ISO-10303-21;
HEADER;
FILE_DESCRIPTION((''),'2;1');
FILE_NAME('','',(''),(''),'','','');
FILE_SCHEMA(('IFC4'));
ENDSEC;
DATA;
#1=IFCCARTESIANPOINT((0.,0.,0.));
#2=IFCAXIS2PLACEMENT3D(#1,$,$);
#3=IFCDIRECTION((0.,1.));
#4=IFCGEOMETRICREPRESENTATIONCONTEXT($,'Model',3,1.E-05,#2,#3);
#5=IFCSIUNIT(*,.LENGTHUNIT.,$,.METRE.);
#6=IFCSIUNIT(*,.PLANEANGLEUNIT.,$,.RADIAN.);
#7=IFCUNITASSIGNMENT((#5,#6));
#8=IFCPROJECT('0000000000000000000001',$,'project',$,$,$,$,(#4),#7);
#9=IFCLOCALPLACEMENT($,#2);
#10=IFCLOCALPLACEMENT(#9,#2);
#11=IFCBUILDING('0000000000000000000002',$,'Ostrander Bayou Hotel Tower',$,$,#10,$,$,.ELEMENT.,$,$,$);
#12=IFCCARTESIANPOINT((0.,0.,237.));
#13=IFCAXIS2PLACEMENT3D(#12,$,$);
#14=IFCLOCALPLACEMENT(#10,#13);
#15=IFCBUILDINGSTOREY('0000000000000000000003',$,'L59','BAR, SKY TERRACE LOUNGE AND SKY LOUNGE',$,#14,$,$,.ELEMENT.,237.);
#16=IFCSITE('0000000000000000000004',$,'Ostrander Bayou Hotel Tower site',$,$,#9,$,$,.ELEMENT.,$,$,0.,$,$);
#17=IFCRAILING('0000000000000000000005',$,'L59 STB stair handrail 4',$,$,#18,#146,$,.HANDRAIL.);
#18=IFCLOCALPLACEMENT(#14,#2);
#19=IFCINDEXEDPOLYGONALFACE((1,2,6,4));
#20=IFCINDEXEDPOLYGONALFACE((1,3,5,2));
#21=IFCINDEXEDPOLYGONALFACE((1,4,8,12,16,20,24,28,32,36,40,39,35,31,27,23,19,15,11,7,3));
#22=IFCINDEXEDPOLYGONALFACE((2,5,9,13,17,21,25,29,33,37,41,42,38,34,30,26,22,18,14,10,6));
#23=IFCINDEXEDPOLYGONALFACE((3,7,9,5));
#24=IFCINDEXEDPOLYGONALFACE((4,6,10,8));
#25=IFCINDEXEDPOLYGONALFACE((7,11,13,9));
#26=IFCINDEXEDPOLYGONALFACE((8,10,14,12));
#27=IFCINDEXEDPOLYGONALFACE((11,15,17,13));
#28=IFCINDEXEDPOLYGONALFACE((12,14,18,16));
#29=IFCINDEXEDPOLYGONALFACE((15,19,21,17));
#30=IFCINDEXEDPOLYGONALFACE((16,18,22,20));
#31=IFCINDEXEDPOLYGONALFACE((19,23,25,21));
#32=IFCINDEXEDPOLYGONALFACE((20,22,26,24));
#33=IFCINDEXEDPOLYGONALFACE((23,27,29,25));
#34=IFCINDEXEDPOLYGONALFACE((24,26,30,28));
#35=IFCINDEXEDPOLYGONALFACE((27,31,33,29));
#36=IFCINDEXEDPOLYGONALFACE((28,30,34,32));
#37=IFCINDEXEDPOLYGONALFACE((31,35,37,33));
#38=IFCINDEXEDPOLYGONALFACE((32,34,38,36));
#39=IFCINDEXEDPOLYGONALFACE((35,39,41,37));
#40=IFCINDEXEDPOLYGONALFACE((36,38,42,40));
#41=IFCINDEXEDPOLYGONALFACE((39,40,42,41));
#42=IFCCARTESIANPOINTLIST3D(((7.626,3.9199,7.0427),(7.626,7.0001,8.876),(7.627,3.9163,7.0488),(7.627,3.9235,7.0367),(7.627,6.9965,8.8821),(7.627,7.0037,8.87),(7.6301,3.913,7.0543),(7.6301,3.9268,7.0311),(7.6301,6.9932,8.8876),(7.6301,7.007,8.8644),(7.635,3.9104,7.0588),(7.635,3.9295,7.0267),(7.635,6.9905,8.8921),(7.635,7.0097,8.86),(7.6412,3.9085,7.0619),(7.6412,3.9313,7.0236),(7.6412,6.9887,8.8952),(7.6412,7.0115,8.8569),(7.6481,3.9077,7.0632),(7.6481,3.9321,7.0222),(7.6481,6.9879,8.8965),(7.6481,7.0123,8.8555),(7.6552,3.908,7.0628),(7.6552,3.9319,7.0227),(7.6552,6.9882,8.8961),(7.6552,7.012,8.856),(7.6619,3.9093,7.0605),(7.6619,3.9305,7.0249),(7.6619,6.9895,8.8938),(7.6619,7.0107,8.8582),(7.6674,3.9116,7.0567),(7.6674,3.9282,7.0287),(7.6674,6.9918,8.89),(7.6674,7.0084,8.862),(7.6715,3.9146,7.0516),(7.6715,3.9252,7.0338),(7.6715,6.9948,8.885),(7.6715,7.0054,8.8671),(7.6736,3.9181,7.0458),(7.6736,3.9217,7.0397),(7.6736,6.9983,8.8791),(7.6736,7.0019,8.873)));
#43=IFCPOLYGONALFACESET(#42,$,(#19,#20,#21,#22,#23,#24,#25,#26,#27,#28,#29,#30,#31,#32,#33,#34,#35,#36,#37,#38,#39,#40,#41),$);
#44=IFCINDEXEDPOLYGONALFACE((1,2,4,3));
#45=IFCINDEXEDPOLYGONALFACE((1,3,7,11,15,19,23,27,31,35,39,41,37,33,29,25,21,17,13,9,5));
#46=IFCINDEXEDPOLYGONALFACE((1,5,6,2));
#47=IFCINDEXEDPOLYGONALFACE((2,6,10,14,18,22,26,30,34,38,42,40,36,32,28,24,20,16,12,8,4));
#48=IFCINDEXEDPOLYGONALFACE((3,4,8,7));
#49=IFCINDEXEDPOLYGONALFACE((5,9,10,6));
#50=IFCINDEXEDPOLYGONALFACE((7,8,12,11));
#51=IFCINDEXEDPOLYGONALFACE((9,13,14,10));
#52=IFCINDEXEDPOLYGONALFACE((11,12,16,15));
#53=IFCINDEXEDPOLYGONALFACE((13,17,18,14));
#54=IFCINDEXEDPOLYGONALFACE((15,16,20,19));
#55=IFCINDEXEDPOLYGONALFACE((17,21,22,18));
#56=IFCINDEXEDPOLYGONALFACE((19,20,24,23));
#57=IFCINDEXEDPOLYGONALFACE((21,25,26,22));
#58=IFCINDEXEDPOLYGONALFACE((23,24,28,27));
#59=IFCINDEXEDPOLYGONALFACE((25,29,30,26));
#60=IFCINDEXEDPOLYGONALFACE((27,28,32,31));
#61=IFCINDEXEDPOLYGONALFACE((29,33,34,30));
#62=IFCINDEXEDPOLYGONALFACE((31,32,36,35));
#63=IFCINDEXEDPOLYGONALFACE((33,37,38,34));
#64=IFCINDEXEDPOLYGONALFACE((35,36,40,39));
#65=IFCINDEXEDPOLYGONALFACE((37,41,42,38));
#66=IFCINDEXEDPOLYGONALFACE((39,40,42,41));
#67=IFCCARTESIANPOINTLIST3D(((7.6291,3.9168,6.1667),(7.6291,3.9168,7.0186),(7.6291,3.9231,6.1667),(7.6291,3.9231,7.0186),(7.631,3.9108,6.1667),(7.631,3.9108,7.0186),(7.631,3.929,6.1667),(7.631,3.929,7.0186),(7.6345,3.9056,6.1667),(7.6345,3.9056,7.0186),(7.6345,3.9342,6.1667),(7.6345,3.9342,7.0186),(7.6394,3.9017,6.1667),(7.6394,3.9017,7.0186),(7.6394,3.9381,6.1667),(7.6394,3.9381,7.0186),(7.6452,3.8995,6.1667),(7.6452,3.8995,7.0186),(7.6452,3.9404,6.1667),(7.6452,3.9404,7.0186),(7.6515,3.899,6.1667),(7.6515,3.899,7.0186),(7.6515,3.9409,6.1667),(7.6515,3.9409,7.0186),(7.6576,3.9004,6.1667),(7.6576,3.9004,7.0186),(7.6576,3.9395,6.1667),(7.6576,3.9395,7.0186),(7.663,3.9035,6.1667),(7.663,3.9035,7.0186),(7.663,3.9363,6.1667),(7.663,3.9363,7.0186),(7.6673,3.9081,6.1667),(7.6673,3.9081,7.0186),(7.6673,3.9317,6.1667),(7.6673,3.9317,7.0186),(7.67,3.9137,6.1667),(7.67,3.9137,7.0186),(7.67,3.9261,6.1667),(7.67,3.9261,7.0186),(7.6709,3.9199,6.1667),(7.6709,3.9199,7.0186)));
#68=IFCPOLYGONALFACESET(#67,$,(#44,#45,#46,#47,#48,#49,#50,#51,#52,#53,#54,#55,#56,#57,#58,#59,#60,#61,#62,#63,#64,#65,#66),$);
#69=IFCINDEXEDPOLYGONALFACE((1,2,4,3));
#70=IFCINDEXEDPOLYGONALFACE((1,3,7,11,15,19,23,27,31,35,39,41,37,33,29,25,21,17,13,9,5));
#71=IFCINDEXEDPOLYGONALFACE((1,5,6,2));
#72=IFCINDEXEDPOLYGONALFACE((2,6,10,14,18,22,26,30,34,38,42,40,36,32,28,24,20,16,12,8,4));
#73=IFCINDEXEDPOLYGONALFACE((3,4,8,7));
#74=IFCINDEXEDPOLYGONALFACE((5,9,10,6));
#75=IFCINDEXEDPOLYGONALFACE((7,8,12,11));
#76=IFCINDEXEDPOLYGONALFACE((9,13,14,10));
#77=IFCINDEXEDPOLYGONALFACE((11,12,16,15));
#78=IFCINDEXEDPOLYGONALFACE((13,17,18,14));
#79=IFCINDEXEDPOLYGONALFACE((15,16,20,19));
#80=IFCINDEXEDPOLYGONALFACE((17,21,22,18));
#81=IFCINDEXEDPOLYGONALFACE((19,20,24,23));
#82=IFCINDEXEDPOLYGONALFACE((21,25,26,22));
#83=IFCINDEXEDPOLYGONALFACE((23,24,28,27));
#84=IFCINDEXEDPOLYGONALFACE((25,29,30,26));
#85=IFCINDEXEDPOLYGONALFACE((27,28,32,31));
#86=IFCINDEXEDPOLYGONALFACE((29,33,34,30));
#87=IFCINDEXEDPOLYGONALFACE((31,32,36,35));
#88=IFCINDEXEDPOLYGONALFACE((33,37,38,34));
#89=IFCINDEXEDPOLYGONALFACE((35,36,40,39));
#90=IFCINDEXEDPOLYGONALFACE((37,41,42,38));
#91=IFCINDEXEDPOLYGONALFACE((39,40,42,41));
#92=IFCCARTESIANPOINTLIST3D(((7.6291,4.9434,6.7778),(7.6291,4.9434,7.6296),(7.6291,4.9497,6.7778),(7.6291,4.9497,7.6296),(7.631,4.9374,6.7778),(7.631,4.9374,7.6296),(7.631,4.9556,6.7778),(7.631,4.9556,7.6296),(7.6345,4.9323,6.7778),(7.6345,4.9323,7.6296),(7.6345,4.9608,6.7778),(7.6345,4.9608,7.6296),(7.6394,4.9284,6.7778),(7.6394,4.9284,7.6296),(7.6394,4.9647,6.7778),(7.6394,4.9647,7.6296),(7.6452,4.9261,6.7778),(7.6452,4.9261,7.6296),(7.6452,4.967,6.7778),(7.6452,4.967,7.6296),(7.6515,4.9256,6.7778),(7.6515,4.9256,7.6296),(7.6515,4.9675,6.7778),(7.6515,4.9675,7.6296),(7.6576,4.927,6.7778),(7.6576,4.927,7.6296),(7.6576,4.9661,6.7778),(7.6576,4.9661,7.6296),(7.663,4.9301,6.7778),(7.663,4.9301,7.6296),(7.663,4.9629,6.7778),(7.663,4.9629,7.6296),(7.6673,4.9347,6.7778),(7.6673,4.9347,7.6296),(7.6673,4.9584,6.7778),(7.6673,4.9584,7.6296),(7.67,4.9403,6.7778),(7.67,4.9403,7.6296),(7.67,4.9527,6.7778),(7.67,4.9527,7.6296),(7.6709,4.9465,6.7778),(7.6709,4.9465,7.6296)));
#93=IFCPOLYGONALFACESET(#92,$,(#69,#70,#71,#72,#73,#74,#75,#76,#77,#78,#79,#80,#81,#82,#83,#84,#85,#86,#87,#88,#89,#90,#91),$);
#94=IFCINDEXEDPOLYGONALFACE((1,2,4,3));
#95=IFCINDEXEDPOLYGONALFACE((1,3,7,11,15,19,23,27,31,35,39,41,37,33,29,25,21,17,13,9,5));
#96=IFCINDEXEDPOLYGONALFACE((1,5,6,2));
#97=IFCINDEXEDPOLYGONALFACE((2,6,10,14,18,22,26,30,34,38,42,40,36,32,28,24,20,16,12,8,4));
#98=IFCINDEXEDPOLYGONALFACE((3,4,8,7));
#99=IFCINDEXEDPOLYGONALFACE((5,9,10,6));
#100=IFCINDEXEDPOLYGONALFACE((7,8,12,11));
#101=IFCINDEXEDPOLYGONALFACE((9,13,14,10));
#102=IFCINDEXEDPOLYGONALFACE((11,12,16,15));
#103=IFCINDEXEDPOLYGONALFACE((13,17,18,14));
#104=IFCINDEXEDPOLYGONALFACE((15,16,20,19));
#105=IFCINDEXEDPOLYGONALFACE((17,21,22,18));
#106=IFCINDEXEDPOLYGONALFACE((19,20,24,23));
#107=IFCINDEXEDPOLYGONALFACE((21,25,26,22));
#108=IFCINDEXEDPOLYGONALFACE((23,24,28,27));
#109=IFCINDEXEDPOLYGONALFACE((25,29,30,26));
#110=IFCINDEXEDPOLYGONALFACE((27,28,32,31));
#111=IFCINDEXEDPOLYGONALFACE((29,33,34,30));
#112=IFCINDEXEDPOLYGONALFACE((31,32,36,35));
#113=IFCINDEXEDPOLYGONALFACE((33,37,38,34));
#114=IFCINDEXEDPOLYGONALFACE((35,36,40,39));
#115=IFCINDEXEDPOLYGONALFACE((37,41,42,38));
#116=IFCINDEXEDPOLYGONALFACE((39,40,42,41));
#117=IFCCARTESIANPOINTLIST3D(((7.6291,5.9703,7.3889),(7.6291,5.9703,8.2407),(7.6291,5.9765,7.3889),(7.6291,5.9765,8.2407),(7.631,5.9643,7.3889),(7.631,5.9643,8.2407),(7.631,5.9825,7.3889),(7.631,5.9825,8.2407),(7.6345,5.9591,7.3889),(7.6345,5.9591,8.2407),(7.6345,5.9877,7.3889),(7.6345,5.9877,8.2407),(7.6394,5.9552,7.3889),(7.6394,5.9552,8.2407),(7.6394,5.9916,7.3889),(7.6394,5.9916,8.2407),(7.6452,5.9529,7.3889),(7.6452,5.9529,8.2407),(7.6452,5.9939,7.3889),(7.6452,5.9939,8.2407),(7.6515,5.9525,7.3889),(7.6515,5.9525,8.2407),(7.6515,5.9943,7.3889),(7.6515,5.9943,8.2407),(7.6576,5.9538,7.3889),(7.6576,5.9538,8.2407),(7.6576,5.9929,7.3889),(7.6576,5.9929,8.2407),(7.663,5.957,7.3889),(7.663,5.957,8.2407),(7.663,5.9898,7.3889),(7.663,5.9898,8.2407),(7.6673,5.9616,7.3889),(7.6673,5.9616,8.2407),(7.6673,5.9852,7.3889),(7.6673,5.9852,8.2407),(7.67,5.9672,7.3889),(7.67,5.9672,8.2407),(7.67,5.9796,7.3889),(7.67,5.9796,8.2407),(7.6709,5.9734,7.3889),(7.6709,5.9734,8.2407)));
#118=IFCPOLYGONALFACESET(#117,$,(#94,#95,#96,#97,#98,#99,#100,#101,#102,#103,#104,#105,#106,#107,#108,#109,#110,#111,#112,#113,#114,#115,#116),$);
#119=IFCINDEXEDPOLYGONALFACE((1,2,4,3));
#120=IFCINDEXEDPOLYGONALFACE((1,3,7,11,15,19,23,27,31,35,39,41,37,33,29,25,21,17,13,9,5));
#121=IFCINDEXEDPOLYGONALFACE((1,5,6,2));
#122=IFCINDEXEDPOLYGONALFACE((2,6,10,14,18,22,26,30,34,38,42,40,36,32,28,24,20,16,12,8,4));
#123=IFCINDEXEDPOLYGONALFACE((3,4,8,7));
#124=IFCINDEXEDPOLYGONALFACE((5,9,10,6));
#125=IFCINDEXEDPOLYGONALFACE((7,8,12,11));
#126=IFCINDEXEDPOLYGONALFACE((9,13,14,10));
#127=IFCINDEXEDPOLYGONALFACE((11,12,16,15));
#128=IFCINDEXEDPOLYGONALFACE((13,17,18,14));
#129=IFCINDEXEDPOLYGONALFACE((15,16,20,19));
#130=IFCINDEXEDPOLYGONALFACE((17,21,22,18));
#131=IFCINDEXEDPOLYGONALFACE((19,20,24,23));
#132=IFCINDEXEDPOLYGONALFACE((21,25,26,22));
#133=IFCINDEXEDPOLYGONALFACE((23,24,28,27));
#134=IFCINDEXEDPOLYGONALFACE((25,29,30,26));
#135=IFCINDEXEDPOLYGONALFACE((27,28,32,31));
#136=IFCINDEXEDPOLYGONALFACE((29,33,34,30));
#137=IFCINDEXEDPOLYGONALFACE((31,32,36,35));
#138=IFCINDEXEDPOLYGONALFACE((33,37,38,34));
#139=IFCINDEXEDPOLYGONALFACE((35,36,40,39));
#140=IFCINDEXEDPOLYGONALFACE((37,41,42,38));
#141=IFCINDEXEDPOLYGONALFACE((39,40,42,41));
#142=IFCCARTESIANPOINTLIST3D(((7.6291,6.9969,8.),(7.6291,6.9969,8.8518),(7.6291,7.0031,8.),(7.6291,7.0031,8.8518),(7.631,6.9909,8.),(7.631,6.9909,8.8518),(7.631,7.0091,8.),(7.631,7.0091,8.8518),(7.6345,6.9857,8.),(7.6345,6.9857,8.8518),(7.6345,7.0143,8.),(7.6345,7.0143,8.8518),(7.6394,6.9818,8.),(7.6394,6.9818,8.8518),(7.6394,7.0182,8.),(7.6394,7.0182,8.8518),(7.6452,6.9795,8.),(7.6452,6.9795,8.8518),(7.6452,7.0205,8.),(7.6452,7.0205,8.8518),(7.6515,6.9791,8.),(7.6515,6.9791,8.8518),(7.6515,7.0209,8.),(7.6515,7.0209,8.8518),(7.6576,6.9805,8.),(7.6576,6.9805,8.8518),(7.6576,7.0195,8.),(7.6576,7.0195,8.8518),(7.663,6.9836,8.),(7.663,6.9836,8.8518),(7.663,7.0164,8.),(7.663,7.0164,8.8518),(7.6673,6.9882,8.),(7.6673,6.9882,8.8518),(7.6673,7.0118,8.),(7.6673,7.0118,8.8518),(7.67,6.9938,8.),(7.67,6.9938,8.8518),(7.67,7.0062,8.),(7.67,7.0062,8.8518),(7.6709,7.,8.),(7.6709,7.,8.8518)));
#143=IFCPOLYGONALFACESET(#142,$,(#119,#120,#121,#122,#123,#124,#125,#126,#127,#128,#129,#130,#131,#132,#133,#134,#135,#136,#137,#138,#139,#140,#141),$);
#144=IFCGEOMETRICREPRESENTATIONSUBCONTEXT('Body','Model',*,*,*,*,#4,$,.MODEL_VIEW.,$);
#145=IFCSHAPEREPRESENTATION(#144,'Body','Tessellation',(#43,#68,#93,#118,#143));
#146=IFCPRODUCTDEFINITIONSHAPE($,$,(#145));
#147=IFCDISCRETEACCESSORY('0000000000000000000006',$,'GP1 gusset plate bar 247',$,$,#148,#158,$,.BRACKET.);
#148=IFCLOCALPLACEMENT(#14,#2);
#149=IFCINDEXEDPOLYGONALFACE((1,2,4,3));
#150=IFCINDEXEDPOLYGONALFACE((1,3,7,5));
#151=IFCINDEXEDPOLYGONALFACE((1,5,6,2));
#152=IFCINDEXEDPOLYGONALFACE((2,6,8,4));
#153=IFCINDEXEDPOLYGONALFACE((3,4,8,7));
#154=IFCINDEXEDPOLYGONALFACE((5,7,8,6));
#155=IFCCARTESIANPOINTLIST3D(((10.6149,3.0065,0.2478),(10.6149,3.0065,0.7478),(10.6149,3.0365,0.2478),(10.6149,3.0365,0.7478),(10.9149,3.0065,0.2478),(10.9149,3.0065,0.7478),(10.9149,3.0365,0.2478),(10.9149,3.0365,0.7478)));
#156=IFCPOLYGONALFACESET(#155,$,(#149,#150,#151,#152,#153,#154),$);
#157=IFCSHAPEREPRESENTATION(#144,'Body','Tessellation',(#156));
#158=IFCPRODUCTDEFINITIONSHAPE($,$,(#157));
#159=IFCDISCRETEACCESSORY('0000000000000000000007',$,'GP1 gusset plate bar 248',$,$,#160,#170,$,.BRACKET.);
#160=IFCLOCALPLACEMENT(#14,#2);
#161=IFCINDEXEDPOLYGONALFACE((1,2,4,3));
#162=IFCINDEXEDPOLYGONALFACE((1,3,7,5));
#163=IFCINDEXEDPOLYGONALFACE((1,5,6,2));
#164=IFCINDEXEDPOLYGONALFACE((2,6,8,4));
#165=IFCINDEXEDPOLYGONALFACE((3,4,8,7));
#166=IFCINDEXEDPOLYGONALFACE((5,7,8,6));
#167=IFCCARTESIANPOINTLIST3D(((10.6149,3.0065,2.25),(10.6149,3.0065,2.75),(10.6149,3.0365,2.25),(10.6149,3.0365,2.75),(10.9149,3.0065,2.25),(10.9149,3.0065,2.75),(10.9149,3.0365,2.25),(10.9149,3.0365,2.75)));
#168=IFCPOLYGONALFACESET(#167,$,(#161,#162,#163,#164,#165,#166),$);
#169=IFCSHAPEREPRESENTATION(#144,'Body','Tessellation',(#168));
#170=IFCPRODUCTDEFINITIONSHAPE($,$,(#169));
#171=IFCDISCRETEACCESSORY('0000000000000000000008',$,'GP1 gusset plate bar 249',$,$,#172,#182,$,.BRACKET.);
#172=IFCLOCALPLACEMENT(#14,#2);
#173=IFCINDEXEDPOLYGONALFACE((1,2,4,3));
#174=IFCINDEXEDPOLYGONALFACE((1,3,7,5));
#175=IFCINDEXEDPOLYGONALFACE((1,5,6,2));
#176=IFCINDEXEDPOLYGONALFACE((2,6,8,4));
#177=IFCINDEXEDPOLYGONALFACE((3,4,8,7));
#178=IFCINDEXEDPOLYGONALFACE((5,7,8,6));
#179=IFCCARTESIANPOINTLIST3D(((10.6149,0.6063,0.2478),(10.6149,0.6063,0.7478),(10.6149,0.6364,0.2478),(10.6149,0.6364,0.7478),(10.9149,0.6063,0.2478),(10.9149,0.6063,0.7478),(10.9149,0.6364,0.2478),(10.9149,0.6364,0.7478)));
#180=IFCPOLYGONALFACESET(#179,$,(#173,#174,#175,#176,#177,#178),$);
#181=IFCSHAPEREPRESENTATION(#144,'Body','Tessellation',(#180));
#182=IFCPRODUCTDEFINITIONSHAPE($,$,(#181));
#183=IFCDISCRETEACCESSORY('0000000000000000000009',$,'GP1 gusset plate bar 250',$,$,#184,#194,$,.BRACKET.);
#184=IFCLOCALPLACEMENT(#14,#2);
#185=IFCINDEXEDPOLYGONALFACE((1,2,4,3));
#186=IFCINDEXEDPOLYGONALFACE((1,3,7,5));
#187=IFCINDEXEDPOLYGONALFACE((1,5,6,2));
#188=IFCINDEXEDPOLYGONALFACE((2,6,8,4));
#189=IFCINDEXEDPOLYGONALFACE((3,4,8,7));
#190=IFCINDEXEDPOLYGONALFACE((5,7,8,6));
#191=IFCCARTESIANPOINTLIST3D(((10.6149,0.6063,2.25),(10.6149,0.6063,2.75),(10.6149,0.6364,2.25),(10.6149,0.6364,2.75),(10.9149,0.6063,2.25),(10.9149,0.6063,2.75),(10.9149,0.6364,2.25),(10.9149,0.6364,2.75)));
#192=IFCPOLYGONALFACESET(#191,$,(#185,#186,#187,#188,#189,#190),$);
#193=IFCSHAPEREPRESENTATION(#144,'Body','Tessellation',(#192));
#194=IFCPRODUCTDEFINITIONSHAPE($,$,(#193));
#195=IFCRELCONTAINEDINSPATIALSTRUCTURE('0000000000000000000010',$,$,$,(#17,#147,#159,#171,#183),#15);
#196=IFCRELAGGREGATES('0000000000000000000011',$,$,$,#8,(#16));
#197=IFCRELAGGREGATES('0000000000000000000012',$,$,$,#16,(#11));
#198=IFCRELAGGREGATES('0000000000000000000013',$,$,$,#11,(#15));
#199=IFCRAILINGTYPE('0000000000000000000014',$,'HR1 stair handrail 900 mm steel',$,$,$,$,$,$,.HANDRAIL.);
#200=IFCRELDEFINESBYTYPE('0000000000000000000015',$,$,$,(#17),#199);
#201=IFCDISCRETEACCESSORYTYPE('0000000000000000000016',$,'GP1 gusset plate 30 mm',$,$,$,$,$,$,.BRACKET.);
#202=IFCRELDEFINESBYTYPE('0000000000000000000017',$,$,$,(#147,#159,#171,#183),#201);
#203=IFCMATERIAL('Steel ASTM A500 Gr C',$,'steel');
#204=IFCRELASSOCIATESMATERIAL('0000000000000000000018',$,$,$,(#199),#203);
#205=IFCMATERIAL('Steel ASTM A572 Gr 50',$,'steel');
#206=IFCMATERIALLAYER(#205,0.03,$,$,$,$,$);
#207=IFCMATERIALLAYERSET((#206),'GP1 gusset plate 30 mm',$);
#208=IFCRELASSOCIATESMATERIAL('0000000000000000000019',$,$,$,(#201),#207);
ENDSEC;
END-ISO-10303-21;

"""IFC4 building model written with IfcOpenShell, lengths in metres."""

from ifc_helpers import new_model, si_unit, direction, frame, origin, origin_2d, place, context, subcontext, project, spatial, rectangle, circle, extrude, material, layer, layer_set, type_object, element, save


model = new_model("IFC4")

# Units and contexts
model_context = context("Model", 3, precision=1e-05, world=origin(), true_north=direction((0.0, 1.0)))
body_context = subcontext(model_context, "Body", "Model", "MODEL_VIEW")
ifc_project = project(units=[si_unit("LENGTHUNIT", "METRE"), si_unit("PLANEANGLEUNIT", "RADIAN")], contexts=[model_context])

# Site, building, storey
site_placement = place(None, origin())
site = spatial("IfcSite", under=ifc_project, at=site_placement, Name="Ostrander Bayou Hotel Tower site", CompositionType="ELEMENT", RefElevation=0.0)
building_placement = place(site_placement, origin())
building = spatial("IfcBuilding", under=site, at=building_placement, Name="Ostrander Bayou Hotel Tower", CompositionType="ELEMENT")
storey_placement = place(building_placement, frame((0.0, 0.0, 237.0)))
storey = spatial("IfcBuildingStorey", under=building, at=storey_placement, Name="L59", Description="BAR, SKY TERRACE LOUNGE AND SKY LOUNGE", CompositionType="ELEMENT", Elevation=237.0)

# Railing
ifc_material_1 = material(Name="Steel ASTM A500 Gr C", Category="steel")
railing_type_1 = type_object("IfcRailingType", Name="HR1 stair handrail 900 mm steel", PredefinedType="HANDRAIL", material=ifc_material_1)
for number, where, name in (
    (1, (7.6499, 3.9199, 6.1667), "L59 STB stair handrail 4"),
):
    element("IfcRailing", number, at=place(storey_placement, frame(where)), inside=storey, type_object=railing_type_1, Name=name, PredefinedType="HANDRAIL", context=body_context, shape_type="SweptSolid", body=[
        extrude(circle(Radius=0.0239, at=origin_2d()), frame((0.0, 0.0, 0.876), z_axis=(0.0, 0.859309, 0.511458), x_axis=(-1.0, 0.0, 0.0)), (0.0, 0.0, 1.0), 3.5845),
        extrude(circle(Radius=0.021, at=origin_2d()), origin(), (0.0, 0.0, 1.0), 0.8518),
        extrude(circle(Radius=0.021, at=origin_2d()), frame((0.0, 1.0266, 0.6111)), (0.0, 0.0, 1.0), 0.8518),
        extrude(circle(Radius=0.021, at=origin_2d()), frame((0.0, 2.0535, 1.2222)), (0.0, 0.0, 1.0), 0.8518),
        extrude(circle(Radius=0.021, at=origin_2d()), frame((0.0, 3.0801, 1.8333)), (0.0, 0.0, 1.0), 0.8518),
    ])

# Discrete accessories
ifc_material_2 = material(Name="Steel ASTM A572 Gr 50", Category="steel")
ifc_layer_1 = layer(ifc_material_2, 0.03)
ifc_layer_set_1 = layer_set([ifc_layer_1], Name="GP1 gusset plate 30 mm")
discrete_accessory_type = type_object("IfcDiscreteAccessoryType", Name="GP1 gusset plate 30 mm", PredefinedType="BRACKET", material=ifc_layer_set_1)
for number, where, z_axis, x_axis, name in (
    (2, (10.7649, 3.0215, 0.2478), (0.0, 0.0, 1.0), (1.0, 0.0, 0.0), "GP1 gusset plate bar 247"),
    (3, (10.7649, 3.0215, 2.25), (0.0, 0.0, 1.0), (1.0, 0.0, 0.0), "GP1 gusset plate bar 248"),
    (4, (10.7649, 0.6213, 0.2478), (0.0, 0.0, 1.0), (1.0, 0.0, 0.0), "GP1 gusset plate bar 249"),
    (5, (10.7649, 0.6213, 2.25), (0.0, 0.0, 1.0), (1.0, 0.0, 0.0), "GP1 gusset plate bar 250"),
):
    element("IfcDiscreteAccessory", number, at=place(storey_placement, frame(where, z_axis=z_axis, x_axis=x_axis)), inside=storey, type_object=discrete_accessory_type, Name=name, PredefinedType="BRACKET", context=body_context, shape_type="SweptSolid", body=[
        extrude(rectangle(XDim=0.3, YDim=0.03, at=origin_2d()), origin(), (0.0, 0.0, 1.0), 0.5),
    ])

save(model, "model.ifc")
